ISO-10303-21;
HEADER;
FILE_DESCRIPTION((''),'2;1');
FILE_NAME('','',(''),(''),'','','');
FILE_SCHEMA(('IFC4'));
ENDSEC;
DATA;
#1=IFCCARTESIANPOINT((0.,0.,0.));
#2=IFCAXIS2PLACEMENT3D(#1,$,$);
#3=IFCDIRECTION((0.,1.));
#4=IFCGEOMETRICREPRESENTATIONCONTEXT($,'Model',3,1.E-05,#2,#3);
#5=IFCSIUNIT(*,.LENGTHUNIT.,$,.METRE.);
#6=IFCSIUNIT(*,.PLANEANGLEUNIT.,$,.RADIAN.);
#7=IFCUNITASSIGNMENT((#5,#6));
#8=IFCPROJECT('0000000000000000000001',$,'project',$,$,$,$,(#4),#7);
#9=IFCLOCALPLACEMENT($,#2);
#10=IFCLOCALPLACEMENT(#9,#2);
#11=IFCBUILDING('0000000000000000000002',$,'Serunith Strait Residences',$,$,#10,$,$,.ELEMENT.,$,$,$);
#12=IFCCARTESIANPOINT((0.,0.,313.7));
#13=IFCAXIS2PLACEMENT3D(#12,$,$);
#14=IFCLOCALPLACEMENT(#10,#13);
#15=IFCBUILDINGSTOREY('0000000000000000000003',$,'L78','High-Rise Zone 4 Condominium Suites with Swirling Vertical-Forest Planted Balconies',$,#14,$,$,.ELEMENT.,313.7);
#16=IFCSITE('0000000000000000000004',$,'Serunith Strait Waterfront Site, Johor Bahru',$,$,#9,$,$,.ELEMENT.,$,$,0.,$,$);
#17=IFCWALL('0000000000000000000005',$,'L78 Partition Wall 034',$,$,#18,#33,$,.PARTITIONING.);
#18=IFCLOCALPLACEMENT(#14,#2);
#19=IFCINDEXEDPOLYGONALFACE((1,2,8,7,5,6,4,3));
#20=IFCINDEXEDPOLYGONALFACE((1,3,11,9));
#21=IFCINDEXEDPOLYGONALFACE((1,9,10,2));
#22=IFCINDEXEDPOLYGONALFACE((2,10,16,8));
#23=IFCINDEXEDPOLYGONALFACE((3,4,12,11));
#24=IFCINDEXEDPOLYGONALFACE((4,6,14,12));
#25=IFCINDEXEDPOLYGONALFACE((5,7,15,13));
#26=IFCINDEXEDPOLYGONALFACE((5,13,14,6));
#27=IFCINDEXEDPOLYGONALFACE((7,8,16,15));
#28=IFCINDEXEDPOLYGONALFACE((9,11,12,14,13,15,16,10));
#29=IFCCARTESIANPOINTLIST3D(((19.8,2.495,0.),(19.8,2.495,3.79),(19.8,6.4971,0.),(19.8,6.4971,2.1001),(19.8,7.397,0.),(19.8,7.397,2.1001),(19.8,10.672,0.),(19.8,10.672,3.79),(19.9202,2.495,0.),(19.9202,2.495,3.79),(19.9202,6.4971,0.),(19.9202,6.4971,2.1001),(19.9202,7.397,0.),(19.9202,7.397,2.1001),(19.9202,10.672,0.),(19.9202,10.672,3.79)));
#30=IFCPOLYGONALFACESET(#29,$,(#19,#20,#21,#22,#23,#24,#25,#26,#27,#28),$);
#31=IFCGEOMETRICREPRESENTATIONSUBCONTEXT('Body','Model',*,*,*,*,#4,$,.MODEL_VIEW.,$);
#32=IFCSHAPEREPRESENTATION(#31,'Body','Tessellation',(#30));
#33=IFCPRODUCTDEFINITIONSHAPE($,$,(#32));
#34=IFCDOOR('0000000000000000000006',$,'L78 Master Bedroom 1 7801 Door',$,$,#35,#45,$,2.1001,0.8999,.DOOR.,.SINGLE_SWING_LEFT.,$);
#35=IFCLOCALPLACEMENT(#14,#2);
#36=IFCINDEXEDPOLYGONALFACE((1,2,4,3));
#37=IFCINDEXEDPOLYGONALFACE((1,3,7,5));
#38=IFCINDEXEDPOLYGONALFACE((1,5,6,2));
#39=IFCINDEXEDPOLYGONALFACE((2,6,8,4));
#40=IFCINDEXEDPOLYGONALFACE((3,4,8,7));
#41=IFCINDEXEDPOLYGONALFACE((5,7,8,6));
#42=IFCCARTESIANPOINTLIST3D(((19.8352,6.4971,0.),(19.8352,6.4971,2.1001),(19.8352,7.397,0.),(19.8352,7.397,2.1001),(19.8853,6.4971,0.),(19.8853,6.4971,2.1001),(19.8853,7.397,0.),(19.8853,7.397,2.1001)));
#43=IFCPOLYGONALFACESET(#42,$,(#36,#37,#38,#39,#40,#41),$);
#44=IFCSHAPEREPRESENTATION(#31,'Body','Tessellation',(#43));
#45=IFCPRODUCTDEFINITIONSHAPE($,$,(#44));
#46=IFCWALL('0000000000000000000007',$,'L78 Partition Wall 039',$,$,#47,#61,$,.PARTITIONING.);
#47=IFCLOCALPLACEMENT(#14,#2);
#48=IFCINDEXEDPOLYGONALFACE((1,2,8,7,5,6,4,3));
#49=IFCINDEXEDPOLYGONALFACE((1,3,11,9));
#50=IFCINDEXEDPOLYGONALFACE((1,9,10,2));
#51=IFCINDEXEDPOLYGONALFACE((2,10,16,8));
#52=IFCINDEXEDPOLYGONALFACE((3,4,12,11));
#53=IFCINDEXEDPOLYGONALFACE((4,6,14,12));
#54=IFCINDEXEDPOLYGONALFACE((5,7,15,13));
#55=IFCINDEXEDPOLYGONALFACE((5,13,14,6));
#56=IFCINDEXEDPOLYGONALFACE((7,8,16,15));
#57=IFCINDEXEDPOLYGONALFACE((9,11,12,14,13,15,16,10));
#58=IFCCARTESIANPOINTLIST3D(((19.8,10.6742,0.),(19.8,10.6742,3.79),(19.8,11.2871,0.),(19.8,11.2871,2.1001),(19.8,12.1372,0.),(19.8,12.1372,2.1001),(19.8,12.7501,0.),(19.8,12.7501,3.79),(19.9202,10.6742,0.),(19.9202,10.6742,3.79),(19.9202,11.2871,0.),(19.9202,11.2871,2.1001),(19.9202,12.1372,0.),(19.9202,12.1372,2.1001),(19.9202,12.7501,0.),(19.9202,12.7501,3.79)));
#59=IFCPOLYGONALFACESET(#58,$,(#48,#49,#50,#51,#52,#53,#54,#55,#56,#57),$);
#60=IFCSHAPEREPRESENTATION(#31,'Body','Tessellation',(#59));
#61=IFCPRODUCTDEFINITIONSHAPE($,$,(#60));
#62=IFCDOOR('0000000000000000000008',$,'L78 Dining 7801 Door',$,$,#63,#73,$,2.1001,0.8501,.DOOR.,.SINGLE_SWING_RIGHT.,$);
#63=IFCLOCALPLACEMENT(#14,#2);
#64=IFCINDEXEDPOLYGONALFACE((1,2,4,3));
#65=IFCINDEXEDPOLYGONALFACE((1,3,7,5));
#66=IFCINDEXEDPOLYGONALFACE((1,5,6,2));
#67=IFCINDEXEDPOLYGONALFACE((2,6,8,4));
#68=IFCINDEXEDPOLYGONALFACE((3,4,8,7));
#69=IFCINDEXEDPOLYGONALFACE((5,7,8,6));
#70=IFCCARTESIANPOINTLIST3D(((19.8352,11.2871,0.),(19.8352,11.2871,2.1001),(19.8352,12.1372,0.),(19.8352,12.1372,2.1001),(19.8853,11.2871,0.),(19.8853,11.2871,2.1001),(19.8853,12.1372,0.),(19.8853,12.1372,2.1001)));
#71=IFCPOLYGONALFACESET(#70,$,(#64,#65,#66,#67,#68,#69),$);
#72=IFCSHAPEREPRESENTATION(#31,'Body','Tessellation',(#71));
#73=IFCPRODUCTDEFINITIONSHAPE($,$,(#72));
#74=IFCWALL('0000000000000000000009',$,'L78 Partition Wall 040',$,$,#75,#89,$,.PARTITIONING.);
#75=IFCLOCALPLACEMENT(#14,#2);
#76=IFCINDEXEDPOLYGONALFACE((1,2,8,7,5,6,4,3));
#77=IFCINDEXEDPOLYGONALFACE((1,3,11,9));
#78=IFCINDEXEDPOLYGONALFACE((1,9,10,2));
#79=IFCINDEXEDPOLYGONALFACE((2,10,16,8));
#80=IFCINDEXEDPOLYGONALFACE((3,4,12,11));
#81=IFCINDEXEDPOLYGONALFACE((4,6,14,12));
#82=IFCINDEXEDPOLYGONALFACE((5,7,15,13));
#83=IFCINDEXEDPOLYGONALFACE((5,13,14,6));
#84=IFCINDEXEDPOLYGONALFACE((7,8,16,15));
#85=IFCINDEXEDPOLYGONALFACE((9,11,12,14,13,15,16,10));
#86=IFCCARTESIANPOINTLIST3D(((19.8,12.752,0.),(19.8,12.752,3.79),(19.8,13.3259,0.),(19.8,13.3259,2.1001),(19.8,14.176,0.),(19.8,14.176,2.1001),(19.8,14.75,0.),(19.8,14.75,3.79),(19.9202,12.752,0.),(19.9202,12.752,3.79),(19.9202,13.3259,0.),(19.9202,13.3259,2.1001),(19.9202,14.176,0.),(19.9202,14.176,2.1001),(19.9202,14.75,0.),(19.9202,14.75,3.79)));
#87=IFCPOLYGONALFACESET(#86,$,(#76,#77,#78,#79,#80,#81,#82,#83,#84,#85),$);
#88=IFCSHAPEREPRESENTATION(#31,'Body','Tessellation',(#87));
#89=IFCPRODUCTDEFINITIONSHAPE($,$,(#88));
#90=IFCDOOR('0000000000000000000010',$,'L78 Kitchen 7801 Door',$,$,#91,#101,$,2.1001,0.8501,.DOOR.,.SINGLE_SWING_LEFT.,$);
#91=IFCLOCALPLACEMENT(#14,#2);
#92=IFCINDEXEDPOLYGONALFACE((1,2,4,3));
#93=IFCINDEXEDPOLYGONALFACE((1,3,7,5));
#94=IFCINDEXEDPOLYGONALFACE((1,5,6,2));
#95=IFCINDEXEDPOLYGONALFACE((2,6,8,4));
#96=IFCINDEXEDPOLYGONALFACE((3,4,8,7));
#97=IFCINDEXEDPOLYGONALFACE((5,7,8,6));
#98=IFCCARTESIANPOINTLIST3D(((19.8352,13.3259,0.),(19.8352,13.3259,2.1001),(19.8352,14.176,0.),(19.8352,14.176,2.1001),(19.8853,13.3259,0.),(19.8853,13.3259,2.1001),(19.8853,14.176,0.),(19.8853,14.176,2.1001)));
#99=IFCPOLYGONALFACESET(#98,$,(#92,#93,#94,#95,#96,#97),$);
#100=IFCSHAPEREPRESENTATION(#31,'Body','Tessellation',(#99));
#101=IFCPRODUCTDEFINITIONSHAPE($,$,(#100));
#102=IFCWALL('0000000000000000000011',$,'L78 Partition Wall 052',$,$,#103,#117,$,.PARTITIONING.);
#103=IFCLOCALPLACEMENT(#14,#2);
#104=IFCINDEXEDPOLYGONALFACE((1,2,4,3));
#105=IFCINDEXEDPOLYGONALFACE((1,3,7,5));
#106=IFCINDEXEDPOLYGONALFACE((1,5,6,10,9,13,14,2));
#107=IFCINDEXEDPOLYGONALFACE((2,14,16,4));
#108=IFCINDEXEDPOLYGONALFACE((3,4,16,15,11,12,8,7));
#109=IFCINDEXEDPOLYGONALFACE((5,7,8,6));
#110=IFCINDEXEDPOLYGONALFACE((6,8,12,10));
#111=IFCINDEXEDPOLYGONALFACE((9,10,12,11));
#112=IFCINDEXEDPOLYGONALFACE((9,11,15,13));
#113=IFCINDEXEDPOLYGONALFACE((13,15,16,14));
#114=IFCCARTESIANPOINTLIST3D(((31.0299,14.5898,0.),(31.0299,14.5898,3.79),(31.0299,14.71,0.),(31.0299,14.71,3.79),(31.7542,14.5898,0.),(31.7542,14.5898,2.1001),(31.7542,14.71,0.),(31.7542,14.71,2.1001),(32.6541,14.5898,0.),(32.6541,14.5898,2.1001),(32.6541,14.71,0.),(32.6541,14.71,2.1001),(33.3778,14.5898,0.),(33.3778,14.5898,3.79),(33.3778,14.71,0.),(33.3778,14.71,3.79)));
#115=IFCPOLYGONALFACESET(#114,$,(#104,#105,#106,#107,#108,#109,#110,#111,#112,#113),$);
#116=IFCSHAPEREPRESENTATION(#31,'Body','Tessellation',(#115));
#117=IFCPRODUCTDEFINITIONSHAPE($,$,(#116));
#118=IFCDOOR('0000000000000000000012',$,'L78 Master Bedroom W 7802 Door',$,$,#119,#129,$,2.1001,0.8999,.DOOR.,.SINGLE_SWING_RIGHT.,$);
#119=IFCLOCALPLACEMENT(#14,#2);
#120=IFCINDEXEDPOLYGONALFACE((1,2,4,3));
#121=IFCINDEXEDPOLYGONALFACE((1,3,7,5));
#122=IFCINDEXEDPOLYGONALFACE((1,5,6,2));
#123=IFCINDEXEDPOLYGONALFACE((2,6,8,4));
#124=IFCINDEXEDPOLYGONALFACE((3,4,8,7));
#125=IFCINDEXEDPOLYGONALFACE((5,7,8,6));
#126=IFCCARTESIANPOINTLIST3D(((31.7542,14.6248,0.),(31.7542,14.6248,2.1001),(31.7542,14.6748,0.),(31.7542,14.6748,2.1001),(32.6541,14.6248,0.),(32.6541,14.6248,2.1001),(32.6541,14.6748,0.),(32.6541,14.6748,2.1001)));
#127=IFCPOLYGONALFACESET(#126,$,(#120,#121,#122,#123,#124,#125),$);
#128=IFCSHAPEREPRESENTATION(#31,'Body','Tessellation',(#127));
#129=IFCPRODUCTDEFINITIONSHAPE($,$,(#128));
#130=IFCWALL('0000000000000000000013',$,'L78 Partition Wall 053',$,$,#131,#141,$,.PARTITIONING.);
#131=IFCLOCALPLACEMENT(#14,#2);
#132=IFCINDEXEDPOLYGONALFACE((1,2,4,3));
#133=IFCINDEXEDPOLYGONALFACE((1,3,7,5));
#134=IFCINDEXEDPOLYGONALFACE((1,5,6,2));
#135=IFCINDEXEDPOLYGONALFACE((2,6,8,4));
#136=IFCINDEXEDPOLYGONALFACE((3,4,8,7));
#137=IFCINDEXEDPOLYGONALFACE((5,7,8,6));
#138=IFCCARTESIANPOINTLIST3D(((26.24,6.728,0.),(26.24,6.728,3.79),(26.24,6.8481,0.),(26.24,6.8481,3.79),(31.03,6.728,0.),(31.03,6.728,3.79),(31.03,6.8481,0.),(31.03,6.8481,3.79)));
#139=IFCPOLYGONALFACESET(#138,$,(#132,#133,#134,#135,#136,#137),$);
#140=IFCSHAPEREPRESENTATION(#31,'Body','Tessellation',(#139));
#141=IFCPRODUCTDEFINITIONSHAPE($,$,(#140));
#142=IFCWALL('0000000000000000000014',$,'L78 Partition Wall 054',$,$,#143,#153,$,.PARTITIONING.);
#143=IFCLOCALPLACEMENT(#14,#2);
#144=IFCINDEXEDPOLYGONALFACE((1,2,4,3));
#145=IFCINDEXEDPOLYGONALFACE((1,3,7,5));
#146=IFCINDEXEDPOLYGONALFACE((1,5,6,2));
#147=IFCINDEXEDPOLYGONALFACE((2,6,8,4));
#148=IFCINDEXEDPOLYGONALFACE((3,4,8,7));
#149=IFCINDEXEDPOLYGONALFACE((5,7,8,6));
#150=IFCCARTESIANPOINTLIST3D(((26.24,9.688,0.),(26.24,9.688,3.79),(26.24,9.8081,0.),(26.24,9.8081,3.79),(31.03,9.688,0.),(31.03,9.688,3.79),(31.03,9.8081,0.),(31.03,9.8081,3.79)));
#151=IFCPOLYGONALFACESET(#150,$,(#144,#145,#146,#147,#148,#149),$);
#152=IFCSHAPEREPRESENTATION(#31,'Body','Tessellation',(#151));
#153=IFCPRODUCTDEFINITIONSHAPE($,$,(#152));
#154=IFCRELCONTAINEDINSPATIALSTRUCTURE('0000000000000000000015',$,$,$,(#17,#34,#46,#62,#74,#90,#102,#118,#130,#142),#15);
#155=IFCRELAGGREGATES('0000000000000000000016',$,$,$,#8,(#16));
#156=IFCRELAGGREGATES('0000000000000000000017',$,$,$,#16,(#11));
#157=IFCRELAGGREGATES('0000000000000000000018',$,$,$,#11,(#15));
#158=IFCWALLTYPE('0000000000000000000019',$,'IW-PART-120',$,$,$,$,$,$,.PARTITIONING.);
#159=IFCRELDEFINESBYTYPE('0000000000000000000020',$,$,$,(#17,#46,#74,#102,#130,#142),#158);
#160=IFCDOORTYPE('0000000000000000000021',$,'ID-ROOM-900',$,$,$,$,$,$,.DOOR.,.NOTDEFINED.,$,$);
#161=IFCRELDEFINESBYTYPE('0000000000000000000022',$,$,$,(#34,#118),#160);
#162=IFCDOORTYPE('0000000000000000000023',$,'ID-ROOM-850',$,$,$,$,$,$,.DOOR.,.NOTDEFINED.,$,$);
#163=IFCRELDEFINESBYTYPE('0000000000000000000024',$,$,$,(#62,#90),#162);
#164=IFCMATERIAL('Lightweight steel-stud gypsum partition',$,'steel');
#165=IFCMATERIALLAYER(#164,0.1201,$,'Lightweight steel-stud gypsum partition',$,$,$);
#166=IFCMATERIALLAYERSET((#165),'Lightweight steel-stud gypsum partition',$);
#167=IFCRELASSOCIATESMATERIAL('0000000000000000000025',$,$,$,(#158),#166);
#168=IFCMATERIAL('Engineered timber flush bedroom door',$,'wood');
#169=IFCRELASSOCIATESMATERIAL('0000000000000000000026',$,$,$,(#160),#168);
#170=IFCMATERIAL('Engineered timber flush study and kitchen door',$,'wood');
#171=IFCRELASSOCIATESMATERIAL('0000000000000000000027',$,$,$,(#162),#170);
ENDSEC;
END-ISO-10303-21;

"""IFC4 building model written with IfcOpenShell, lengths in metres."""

from ifc_helpers import new_model, si_unit, direction, frame, frame_2d, origin, place, context, subcontext, project, spatial, rectangle, extrude, source, transform, mapped, material, layer, layer_set, type_object, element, fill, save


model = new_model("IFC4")

# Units and contexts
model_context = context("Model", 3, precision=1e-05, world=origin(), true_north=direction((0.0, 1.0)))
body_context = subcontext(model_context, "Body", "Model", "MODEL_VIEW")
ifc_project = project(units=[si_unit("LENGTHUNIT", "METRE"), si_unit("PLANEANGLEUNIT", "RADIAN")], contexts=[model_context])

# Site, building, storey
site_placement = place(None, origin())
site = spatial("IfcSite", under=ifc_project, at=site_placement, Name="Serunith Strait Waterfront Site, Johor Bahru", CompositionType="ELEMENT", RefElevation=0.0)
building_placement = place(site_placement, origin())
building = spatial("IfcBuilding", under=site, at=building_placement, Name="Serunith Strait Residences", CompositionType="ELEMENT")
storey_placement = place(building_placement, frame((0.0, 0.0, 313.7)))
storey = spatial("IfcBuildingStorey", under=building, at=storey_placement, Name="L78", Description="High-Rise Zone 4 Condominium Suites with Swirling Vertical-Forest Planted Balconies", CompositionType="ELEMENT", Elevation=313.7)

# Walls, openings, doors
ifc_material_1 = material(Name="Lightweight steel-stud gypsum partition", Category="steel")
ifc_layer_1 = layer(ifc_material_1, 0.1201, Name="Lightweight steel-stud gypsum partition")
ifc_layer_set_1 = layer_set([ifc_layer_1], Name="Lightweight steel-stud gypsum partition")
wall_type_1 = type_object("IfcWallType", Name="IW-PART-120", PredefinedType="PARTITIONING", material=ifc_layer_set_1)
wall_1_placement = place(storey_placement, frame((19.8601, 2.4951, 0.0), z_axis=(0.0, 0.0, 1.0), x_axis=(0.0, 1.0, 0.0)))
wall_1 = element("IfcWall", 1, at=wall_1_placement, inside=storey, type_object=wall_type_1, Name="L78 Partition Wall 034", PredefinedType="PARTITIONING", context=body_context, shape_type="SweptSolid", body=[
    extrude(rectangle(XDim=8.177, YDim=0.1201, at=frame_2d((4.0884, 0.0))), origin(), (0.0, 0.0, 1.0), 3.79),
])
opening_1_placement = place(wall_1_placement, frame((4.002, 0.0, 0.0)))
opening_1 = element("IfcOpeningElement", 2, at=opening_1_placement, cuts=wall_1, PredefinedType="OPENING", context=body_context, shape_type="SweptSolid", body=[
    extrude(rectangle(XDim=0.8999, YDim=2.1001, at=frame_2d((0.45, 1.05))), frame((0.0, 0.0701, 0.0), z_axis=(0.0, -1.0, 0.0), x_axis=(1.0, 0.0, 0.0)), (0.0, 0.0, 1.0), 0.1401),
])
ifc_material_2 = material(Name="Engineered timber flush bedroom door", Category="wood")
door_type_1 = type_object("IfcDoorType", Name="ID-ROOM-900", OperationType="NOTDEFINED", PredefinedType="DOOR", material=ifc_material_2)
shared_shape_1 = source(origin(), body_context, "Body", "SweptSolid", [
    extrude(rectangle(XDim=0.8999, YDim=2.1001, at=frame_2d((0.45, 1.05))), frame((0.0, 0.0249, 0.0), z_axis=(0.0, -1.0, 0.0), x_axis=(1.0, 0.0, 0.0)), (0.0, 0.0, 1.0), 0.05),
])
door_1_placement = place(opening_1_placement, origin())
door_1 = element("IfcDoor", 3, at=door_1_placement, inside=storey, type_object=door_type_1, Name="L78 Master Bedroom 1 7801 Door", OperationType="SINGLE_SWING_LEFT", OverallHeight=2.1001, OverallWidth=0.8999, PredefinedType="DOOR", context=body_context, shape_type="MappedRepresentation", body=[
    mapped(shared_shape_1, transform((0.0, 0.0, 0.0), scale=1.0)),
])
fill(opening_1, door_1)
wall_2_placement = place(storey_placement, frame((19.8601, 10.6741, 0.0), z_axis=(0.0, 0.0, 1.0), x_axis=(0.0, 1.0, 0.0)))
wall_2 = element("IfcWall", 4, at=wall_2_placement, inside=storey, type_object=wall_type_1, Name="L78 Partition Wall 039", PredefinedType="PARTITIONING", context=body_context, shape_type="SweptSolid", body=[
    extrude(rectangle(XDim=2.0759, YDim=0.1201, at=frame_2d((1.0381, 0.0))), origin(), (0.0, 0.0, 1.0), 3.79),
])
opening_2_placement = place(wall_2_placement, frame((0.613, 0.0, 0.0)))
opening_2 = element("IfcOpeningElement", 5, at=opening_2_placement, cuts=wall_2, PredefinedType="OPENING", context=body_context, shape_type="SweptSolid", body=[
    extrude(rectangle(XDim=0.8501, YDim=2.1001, at=frame_2d((0.425, 1.05))), frame((0.0, 0.0701, 0.0), z_axis=(0.0, -1.0, 0.0), x_axis=(1.0, 0.0, 0.0)), (0.0, 0.0, 1.0), 0.1401),
])
ifc_material_3 = material(Name="Engineered timber flush study and kitchen door", Category="wood")
door_type_2 = type_object("IfcDoorType", Name="ID-ROOM-850", OperationType="NOTDEFINED", PredefinedType="DOOR", material=ifc_material_3)
shared_shape_2 = source(origin(), body_context, "Body", "SweptSolid", [
    extrude(rectangle(XDim=0.8501, YDim=2.1001, at=frame_2d((0.425, 1.05))), frame((0.0, 0.0249, 0.0), z_axis=(0.0, -1.0, 0.0), x_axis=(1.0, 0.0, 0.0)), (0.0, 0.0, 1.0), 0.05),
])
door_2_placement = place(opening_2_placement, origin())
door_2 = element("IfcDoor", 6, at=door_2_placement, inside=storey, type_object=door_type_2, Name="L78 Dining 7801 Door", OperationType="SINGLE_SWING_RIGHT", OverallHeight=2.1001, OverallWidth=0.8501, PredefinedType="DOOR", context=body_context, shape_type="MappedRepresentation", body=[
    mapped(shared_shape_2, transform((0.0, 0.0, 0.0), scale=1.0)),
])
fill(opening_2, door_2)
wall_3_placement = place(storey_placement, frame((19.8601, 12.752, 0.0), z_axis=(0.0, 0.0, 1.0), x_axis=(0.0, 1.0, 0.0)))
wall_3 = element("IfcWall", 7, at=wall_3_placement, inside=storey, type_object=wall_type_1, Name="L78 Partition Wall 040", PredefinedType="PARTITIONING", context=body_context, shape_type="SweptSolid", body=[
    extrude(rectangle(XDim=1.998, YDim=0.1201, at=frame_2d((0.999, 0.0))), origin(), (0.0, 0.0, 1.0), 3.79),
])
opening_3_placement = place(wall_3_placement, frame((0.574, 0.0, 0.0)))
opening_3 = element("IfcOpeningElement", 8, at=opening_3_placement, cuts=wall_3, PredefinedType="OPENING", context=body_context, shape_type="SweptSolid", body=[
    extrude(rectangle(XDim=0.8501, YDim=2.1001, at=frame_2d((0.425, 1.05))), frame((0.0, 0.0701, 0.0), z_axis=(0.0, -1.0, 0.0), x_axis=(1.0, 0.0, 0.0)), (0.0, 0.0, 1.0), 0.1401),
])
door_3_placement = place(opening_3_placement, origin())
door_3 = element("IfcDoor", 9, at=door_3_placement, inside=storey, type_object=door_type_2, Name="L78 Kitchen 7801 Door", OperationType="SINGLE_SWING_LEFT", OverallHeight=2.1001, OverallWidth=0.8501, PredefinedType="DOOR", context=body_context, shape_type="MappedRepresentation", body=[
    mapped(shared_shape_2, transform((0.0, 0.0, 0.0), scale=1.0)),
])
fill(opening_3, door_3)
wall_4_placement = place(storey_placement, frame((31.03, 14.6499, 0.0), z_axis=(0.0, 0.0, 1.0), x_axis=(1.0, 0.0, 0.0)))
wall_4 = element("IfcWall", 10, at=wall_4_placement, inside=storey, type_object=wall_type_1, Name="L78 Partition Wall 052", PredefinedType="PARTITIONING", context=body_context, shape_type="SweptSolid", body=[
    extrude(rectangle(XDim=2.3479, YDim=0.1201, at=frame_2d((1.1738, 0.0))), origin(), (0.0, 0.0, 1.0), 3.79),
])
opening_4_placement = place(wall_4_placement, frame((0.7241, 0.0, 0.0)))
opening_4 = element("IfcOpeningElement", 11, at=opening_4_placement, cuts=wall_4, PredefinedType="OPENING", context=body_context, shape_type="SweptSolid", body=[
    extrude(rectangle(XDim=0.8999, YDim=2.1001, at=frame_2d((0.45, 1.05))), frame((0.0, 0.0701, 0.0), z_axis=(0.0, -1.0, 0.0), x_axis=(1.0, 0.0, 0.0)), (0.0, 0.0, 1.0), 0.1401),
])
door_4_placement = place(opening_4_placement, origin())
door_4 = element("IfcDoor", 12, at=door_4_placement, inside=storey, type_object=door_type_1, Name="L78 Master Bedroom W 7802 Door", OperationType="SINGLE_SWING_RIGHT", OverallHeight=2.1001, OverallWidth=0.8999, PredefinedType="DOOR", context=body_context, shape_type="MappedRepresentation", body=[
    mapped(shared_shape_1, transform((0.0, 0.0, 0.0), scale=1.0)),
])
fill(opening_4, door_4)

# Walls
for number, where, z_axis, x_axis, name in (
    (13, (26.24, 6.7881, 0.0), (0.0, 0.0, 1.0), (1.0, 0.0, 0.0), "L78 Partition Wall 053"),
    (14, (26.24, 9.748, 0.0), (0.0, 0.0, 1.0), (1.0, 0.0, 0.0), "L78 Partition Wall 054"),
):
    element("IfcWall", number, at=place(storey_placement, frame(where, z_axis=z_axis, x_axis=x_axis)), inside=storey, type_object=wall_type_1, Name=name, PredefinedType="PARTITIONING", context=body_context, shape_type="SweptSolid", body=[
        extrude(rectangle(XDim=4.79, YDim=0.1201, at=frame_2d((2.395, 0.0))), origin(), (0.0, 0.0, 1.0), 3.79),
    ])

save(model, "model.ifc")
